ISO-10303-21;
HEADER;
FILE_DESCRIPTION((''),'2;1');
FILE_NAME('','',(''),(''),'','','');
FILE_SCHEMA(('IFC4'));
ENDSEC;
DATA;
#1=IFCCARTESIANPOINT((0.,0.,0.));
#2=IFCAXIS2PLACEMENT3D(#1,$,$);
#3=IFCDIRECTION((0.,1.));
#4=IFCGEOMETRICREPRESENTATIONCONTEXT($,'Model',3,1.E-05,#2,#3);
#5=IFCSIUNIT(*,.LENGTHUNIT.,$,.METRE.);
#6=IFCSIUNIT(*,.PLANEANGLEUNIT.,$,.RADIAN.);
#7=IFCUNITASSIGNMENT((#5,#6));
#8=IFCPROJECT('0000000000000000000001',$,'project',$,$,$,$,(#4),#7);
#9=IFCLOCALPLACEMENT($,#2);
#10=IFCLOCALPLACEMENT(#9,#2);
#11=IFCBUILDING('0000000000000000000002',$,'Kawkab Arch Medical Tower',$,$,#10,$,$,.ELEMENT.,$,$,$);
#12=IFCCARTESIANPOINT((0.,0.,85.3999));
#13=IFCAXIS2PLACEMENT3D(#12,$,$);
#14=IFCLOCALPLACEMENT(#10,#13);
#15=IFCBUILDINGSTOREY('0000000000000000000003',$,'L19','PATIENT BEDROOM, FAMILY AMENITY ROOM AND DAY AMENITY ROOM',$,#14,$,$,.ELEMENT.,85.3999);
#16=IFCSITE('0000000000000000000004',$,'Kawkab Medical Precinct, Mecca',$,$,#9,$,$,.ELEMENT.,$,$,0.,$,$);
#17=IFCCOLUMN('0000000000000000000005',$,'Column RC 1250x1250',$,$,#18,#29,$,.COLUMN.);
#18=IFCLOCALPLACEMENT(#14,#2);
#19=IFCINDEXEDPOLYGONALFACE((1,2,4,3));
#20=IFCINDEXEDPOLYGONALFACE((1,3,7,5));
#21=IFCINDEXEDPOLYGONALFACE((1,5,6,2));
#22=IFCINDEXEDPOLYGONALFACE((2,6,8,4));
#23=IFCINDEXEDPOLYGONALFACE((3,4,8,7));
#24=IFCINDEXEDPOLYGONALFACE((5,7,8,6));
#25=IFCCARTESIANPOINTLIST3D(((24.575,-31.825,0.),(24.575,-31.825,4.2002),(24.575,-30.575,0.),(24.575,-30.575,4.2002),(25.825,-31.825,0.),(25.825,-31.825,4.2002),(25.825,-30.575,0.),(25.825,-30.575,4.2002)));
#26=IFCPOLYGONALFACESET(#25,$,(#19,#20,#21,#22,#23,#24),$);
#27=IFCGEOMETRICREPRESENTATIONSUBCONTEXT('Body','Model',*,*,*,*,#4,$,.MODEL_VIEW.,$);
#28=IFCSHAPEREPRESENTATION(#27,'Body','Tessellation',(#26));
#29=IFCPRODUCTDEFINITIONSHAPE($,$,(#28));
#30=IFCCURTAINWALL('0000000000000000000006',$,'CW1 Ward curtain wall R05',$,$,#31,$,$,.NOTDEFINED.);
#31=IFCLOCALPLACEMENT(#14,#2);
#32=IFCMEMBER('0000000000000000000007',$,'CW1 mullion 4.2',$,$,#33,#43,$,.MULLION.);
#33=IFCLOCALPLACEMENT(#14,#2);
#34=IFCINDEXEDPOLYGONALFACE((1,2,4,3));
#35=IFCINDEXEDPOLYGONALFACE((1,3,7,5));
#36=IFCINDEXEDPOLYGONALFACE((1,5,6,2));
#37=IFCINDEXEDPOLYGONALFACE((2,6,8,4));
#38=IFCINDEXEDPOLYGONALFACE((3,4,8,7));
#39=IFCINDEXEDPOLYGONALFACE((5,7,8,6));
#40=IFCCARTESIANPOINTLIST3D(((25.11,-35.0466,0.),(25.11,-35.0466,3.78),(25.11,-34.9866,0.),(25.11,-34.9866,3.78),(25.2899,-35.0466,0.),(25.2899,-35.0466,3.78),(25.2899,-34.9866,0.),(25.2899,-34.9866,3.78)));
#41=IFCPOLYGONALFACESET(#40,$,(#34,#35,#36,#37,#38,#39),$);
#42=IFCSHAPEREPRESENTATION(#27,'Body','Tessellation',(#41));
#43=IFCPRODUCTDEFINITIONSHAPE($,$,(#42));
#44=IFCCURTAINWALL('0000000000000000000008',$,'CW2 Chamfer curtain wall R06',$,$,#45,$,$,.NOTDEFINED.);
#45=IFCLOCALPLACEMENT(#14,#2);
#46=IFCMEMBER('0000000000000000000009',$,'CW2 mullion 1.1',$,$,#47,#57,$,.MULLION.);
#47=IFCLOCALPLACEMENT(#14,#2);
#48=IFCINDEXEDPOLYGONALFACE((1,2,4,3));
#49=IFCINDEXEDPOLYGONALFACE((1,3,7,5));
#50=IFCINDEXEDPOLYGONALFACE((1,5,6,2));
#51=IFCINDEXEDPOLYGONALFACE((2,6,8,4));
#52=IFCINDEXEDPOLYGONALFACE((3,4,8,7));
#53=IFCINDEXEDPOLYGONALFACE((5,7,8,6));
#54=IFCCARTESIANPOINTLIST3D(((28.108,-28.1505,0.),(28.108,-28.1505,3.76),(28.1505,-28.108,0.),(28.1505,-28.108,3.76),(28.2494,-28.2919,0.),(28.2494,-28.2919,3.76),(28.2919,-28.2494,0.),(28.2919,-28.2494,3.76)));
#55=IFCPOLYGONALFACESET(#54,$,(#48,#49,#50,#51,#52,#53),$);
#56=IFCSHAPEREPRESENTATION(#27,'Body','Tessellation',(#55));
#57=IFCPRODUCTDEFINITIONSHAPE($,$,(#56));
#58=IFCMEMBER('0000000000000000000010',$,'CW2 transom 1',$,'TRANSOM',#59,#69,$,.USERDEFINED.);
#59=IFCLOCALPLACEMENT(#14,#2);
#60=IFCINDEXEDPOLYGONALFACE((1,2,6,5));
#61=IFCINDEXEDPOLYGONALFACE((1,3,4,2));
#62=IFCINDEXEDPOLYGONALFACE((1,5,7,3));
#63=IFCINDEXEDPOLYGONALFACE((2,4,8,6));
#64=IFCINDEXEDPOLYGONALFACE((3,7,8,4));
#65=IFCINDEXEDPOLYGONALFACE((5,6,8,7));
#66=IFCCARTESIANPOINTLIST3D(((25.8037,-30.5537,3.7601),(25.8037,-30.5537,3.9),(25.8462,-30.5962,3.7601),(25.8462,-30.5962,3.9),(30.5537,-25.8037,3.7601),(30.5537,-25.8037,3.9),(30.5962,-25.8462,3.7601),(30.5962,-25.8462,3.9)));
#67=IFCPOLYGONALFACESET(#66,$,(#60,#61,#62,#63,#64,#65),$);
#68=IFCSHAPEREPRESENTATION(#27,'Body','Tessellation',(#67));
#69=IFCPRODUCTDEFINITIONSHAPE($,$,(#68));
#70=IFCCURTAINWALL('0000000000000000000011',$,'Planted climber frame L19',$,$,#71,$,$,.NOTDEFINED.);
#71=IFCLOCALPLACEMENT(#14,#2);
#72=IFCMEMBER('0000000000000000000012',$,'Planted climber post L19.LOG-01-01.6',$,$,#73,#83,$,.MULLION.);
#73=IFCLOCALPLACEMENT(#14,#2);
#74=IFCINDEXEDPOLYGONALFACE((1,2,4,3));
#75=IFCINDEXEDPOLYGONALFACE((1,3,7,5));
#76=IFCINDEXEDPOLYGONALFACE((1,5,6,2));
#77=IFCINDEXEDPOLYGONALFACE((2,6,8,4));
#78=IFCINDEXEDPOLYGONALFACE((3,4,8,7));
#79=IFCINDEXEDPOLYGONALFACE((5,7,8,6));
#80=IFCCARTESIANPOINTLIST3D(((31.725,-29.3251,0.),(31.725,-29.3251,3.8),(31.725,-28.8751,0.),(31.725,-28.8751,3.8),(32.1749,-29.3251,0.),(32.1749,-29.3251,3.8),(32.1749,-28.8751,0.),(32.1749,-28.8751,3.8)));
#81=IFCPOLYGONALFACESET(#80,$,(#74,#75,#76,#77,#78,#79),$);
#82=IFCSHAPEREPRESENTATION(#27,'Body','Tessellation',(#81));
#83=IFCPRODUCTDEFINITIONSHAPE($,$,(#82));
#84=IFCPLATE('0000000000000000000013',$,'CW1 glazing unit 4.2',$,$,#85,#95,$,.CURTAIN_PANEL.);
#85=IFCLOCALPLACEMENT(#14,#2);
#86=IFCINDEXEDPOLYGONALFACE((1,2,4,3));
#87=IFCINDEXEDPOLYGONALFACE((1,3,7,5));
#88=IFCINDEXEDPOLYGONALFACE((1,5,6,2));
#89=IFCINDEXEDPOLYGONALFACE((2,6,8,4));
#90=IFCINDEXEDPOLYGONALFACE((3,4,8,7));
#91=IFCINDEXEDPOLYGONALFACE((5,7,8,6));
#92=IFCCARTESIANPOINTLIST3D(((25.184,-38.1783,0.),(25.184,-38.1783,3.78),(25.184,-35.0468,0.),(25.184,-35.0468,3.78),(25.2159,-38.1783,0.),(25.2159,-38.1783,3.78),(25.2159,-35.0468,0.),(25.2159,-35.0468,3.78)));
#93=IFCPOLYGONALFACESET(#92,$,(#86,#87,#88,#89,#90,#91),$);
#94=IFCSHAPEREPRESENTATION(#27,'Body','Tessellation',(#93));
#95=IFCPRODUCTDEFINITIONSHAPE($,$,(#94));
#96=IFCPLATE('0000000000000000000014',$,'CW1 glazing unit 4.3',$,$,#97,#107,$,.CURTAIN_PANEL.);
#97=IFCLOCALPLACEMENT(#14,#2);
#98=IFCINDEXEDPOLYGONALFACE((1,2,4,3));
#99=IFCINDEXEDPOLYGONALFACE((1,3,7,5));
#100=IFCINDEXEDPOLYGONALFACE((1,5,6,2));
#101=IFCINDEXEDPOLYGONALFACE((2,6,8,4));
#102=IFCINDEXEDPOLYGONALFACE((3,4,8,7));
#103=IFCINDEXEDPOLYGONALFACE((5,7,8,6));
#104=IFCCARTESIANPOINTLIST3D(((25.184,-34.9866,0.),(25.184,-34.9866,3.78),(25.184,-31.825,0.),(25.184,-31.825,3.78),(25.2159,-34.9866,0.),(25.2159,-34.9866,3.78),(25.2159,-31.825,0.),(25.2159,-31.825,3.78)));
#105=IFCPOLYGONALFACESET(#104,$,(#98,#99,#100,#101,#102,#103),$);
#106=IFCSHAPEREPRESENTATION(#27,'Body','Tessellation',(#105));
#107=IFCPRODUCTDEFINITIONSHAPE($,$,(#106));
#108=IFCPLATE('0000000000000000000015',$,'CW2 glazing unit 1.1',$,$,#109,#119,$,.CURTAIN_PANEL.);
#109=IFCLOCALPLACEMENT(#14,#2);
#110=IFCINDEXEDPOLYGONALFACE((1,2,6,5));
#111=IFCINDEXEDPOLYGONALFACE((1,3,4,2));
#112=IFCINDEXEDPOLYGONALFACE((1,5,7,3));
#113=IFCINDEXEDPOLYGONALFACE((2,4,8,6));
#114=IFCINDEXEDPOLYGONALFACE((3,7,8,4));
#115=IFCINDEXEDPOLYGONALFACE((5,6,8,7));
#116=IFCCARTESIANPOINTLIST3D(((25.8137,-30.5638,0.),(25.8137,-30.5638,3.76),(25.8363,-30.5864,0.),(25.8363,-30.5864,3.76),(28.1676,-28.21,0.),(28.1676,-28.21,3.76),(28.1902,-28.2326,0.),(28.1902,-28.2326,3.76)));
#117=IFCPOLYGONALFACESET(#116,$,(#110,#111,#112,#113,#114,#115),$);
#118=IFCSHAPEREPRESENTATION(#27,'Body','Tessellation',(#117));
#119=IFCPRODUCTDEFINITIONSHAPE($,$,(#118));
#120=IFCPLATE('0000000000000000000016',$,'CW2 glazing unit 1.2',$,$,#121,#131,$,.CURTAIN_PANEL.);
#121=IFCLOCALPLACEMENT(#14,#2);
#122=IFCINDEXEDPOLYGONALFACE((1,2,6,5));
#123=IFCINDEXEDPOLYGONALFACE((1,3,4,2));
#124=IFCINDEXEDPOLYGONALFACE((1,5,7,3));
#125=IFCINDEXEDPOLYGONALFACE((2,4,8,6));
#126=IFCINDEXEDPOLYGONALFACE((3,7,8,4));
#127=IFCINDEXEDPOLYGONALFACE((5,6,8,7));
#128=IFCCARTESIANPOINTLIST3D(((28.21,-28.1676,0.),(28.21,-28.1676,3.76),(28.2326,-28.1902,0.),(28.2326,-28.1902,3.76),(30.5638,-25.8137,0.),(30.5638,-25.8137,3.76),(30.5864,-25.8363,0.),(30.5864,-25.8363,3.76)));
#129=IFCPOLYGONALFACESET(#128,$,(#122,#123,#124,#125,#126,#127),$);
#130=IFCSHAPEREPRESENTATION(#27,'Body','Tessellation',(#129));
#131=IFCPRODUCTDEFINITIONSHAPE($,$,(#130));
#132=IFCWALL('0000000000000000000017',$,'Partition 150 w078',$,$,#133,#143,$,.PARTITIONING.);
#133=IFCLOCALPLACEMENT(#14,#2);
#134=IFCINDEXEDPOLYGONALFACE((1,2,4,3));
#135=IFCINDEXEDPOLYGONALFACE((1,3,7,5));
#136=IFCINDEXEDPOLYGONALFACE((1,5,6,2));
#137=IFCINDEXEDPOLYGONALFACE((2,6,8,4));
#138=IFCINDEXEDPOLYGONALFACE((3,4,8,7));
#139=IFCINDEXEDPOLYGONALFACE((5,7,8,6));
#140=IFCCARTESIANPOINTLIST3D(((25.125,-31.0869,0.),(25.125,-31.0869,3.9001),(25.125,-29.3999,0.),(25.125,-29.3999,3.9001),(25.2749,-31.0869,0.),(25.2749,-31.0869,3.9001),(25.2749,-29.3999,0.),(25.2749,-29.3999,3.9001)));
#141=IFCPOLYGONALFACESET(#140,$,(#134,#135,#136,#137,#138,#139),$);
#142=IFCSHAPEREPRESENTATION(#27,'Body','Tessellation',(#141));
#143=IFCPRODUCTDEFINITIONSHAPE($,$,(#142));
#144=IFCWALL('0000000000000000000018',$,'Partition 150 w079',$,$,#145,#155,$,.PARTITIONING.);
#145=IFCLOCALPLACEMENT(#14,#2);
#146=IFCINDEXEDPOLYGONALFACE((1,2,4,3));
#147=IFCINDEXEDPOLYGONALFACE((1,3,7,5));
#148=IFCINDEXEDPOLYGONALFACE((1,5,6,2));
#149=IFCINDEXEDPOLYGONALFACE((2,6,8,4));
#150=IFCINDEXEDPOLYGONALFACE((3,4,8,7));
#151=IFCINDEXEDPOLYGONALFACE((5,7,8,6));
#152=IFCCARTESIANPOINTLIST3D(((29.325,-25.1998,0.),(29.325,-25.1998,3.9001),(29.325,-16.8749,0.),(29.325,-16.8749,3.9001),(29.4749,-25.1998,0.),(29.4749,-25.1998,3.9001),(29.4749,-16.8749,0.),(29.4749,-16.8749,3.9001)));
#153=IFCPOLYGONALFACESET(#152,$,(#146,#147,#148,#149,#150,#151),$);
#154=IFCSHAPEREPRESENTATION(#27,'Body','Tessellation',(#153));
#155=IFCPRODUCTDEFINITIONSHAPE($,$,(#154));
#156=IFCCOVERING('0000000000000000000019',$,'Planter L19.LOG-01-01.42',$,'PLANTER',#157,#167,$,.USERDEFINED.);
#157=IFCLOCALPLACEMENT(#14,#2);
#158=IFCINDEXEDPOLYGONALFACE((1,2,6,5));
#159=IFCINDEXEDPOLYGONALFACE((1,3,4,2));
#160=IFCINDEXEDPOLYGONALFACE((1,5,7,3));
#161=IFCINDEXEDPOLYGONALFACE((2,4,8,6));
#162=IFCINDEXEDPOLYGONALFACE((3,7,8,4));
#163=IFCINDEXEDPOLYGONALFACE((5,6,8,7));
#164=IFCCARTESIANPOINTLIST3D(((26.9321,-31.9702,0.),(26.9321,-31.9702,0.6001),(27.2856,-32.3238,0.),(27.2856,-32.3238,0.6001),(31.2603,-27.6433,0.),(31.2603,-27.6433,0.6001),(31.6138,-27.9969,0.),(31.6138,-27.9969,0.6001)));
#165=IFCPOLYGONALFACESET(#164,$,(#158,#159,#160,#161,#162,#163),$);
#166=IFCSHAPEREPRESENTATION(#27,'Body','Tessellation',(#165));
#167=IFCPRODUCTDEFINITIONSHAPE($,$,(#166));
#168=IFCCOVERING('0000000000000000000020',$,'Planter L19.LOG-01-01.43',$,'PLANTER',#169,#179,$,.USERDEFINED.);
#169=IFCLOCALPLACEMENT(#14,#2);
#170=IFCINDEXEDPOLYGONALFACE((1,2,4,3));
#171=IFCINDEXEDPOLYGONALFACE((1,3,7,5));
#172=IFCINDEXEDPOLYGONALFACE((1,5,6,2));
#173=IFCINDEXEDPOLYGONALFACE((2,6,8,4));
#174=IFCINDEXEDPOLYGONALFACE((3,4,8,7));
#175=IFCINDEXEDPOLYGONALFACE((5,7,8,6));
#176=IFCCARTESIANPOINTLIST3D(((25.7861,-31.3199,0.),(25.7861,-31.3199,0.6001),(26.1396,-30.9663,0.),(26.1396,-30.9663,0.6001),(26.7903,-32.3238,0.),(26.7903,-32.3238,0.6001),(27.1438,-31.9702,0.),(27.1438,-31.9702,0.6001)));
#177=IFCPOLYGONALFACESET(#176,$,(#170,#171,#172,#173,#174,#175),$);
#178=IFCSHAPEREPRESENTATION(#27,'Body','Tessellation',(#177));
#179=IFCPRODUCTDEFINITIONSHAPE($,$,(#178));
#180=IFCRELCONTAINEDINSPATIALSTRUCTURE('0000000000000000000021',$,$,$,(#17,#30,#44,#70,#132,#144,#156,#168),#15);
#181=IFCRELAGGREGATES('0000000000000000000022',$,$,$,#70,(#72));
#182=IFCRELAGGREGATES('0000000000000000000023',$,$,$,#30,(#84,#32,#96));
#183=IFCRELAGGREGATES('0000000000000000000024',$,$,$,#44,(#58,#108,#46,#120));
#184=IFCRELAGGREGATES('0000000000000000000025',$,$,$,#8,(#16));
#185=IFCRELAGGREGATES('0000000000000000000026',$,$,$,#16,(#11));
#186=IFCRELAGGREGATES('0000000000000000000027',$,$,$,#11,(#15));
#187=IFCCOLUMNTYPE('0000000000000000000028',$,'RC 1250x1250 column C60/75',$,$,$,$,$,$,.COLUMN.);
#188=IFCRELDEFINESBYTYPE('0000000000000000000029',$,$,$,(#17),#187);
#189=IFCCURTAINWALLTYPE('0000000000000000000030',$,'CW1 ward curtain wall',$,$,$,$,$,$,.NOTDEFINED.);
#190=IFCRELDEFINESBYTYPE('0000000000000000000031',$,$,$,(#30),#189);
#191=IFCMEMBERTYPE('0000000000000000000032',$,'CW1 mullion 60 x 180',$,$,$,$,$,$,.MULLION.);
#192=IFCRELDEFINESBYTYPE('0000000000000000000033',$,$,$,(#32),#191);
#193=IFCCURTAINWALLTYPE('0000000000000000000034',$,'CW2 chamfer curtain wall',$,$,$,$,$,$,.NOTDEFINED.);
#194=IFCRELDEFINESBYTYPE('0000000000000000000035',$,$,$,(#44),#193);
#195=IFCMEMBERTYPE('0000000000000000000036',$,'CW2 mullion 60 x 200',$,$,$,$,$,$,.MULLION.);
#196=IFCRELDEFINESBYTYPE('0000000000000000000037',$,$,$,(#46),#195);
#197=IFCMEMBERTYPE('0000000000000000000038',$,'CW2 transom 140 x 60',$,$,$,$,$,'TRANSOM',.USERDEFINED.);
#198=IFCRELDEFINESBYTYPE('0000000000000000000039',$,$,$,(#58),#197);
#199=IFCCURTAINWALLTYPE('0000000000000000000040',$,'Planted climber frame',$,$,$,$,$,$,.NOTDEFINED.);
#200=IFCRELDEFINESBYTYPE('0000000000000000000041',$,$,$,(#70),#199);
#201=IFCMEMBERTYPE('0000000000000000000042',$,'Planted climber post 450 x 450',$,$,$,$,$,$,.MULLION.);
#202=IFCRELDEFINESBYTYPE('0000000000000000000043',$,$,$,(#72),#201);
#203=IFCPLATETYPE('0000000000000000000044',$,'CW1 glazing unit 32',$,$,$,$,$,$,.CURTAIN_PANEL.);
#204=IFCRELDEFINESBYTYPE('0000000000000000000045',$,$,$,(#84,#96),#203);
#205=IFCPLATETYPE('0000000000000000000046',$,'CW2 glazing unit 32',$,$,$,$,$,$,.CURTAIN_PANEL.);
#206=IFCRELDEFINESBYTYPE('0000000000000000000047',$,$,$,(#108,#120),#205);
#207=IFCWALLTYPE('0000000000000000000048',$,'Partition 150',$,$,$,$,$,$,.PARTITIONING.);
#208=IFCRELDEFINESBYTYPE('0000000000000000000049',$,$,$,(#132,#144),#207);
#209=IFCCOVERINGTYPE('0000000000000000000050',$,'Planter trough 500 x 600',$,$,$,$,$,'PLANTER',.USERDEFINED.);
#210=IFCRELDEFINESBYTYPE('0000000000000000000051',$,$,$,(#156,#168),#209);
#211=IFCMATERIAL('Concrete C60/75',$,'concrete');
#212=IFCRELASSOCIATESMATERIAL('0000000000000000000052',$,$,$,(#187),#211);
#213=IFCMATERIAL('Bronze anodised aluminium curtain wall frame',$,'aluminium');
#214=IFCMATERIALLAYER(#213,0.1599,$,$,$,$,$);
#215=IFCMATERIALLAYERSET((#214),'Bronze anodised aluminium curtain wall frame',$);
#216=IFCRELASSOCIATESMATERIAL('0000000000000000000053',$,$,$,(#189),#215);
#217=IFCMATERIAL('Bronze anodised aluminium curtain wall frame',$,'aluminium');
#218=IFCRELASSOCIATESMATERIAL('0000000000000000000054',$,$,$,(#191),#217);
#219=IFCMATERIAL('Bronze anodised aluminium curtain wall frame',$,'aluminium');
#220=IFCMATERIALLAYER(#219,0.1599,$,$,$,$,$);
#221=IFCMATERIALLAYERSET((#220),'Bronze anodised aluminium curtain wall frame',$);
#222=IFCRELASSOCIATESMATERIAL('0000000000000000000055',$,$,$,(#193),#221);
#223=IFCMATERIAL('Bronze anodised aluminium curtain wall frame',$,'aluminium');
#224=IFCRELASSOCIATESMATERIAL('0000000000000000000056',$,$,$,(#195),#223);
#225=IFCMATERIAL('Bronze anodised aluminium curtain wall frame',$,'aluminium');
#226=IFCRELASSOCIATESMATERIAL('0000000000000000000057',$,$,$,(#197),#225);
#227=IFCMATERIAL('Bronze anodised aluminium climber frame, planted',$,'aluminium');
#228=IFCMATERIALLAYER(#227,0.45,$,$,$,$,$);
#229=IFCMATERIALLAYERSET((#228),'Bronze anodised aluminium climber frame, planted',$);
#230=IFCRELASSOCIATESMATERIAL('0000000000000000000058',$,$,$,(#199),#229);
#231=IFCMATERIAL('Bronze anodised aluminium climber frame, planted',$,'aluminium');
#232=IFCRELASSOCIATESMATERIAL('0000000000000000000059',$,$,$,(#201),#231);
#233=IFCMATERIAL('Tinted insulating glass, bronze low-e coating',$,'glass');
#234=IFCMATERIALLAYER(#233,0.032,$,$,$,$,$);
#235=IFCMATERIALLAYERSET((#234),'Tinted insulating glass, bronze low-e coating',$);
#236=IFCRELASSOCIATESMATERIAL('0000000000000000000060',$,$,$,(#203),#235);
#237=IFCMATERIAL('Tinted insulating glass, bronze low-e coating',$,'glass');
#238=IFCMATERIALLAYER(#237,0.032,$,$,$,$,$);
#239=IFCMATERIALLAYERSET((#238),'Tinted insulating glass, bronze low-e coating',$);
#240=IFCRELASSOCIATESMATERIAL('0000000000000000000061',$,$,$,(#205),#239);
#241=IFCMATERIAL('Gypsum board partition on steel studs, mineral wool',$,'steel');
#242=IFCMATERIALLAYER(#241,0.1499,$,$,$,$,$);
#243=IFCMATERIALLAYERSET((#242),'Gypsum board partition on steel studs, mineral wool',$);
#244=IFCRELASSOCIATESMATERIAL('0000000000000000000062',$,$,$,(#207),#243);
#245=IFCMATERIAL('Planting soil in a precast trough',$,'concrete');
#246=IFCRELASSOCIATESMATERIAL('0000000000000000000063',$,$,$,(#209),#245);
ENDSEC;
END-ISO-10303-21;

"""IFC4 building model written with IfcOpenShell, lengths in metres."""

from ifc_helpers import new_model, si_unit, direction, frame, frame_2d, origin, origin_2d, place, context, subcontext, project, spatial, rectangle, extrude, material, layer, layer_set, material_profile, profile_set, type_object, element, aggregate, save


model = new_model("IFC4")

# Units and contexts
model_context = context("Model", 3, precision=1e-05, world=origin(), true_north=direction((0.0, 1.0)))
body_context = subcontext(model_context, "Body", "Model", "MODEL_VIEW")
ifc_project = project(units=[si_unit("LENGTHUNIT", "METRE"), si_unit("PLANEANGLEUNIT", "RADIAN")], contexts=[model_context])

# Site, building, storey
site_placement = place(None, origin())
site = spatial("IfcSite", under=ifc_project, at=site_placement, Name="Kawkab Medical Precinct, Mecca", CompositionType="ELEMENT", RefElevation=0.0)
building_placement = place(site_placement, origin())
building = spatial("IfcBuilding", under=site, at=building_placement, Name="Kawkab Arch Medical Tower", CompositionType="ELEMENT")
storey_placement = place(building_placement, frame((0.0, 0.0, 85.3999)))
storey = spatial("IfcBuildingStorey", under=building, at=storey_placement, Name="L19", Description="PATIENT BEDROOM, FAMILY AMENITY ROOM AND DAY AMENITY ROOM", CompositionType="ELEMENT", Elevation=85.3999)

# Column
ifc_material_1 = material(Name="Concrete C60/75", Category="concrete")
ifc_material_profile_1 = material_profile(ifc_material_1, rectangle(XDim=1.25, YDim=1.25, at=origin_2d()), Name="RC 1250x1250")
ifc_profile_set_1 = profile_set([ifc_material_profile_1], Name="Concrete C60/75")
column_type = type_object("IfcColumnType", Name="RC 1250x1250 column C60/75", PredefinedType="COLUMN", material=ifc_profile_set_1)
column_placement = place(storey_placement, frame((25.2, -31.2, 0.0), z_axis=(0.0, 0.0, 1.0), x_axis=(1.0, 0.0, 0.0)))
element("IfcColumn", 1, at=column_placement, inside=storey, type_object=column_type, Name="Column RC 1250x1250", PredefinedType="COLUMN", context=body_context, shape_type="SweptSolid", body=[
    extrude(rectangle(XDim=1.25, YDim=1.25, at=origin_2d()), origin(), (0.0, 0.0, 1.0), 4.2002),
])

# Curtain wall, member
ifc_material_2 = material(Name="Bronze anodised aluminium curtain wall frame", Category="aluminium")
ifc_layer_1 = layer(ifc_material_2, 0.1599)
ifc_layer_set_1 = layer_set([ifc_layer_1], Name="Bronze anodised aluminium curtain wall frame")
curtain_wall_type_1 = type_object("IfcCurtainWallType", Name="CW1 ward curtain wall", PredefinedType="NOTDEFINED", material=ifc_layer_set_1)
placement = place(storey_placement, origin())
curtain_wall_1 = element("IfcCurtainWall", 2, at=placement, inside=storey, type_object=curtain_wall_type_1, Name="CW1 Ward curtain wall R05", PredefinedType="NOTDEFINED")
ifc_material_3 = material(Name="Bronze anodised aluminium curtain wall frame", Category="aluminium")
ifc_material_profile_2 = material_profile(ifc_material_3, rectangle(XDim=0.1799, YDim=0.0601, at=origin_2d()), Name="AL 60x180")
ifc_profile_set_2 = profile_set([ifc_material_profile_2], Name="Bronze anodised aluminium curtain wall frame")
member_type_1 = type_object("IfcMemberType", Name="CW1 mullion 60 x 180", PredefinedType="MULLION", material=ifc_profile_set_2)
member_1_placement = place(storey_placement, frame((25.2, -35.0166, 0.0), z_axis=(0.0, 0.0, 1.0), x_axis=(-1.0, 0.0, 0.0)))
member_1 = element("IfcMember", 3, at=member_1_placement, type_object=member_type_1, Name="CW1 mullion 4.2", PredefinedType="MULLION", context=body_context, shape_type="SweptSolid", body=[
    extrude(rectangle(XDim=0.1799, YDim=0.0601, at=origin_2d()), origin(), (0.0, 0.0, 1.0), 3.78),
])

# Curtain wall, members
ifc_material_4 = material(Name="Bronze anodised aluminium curtain wall frame", Category="aluminium")
ifc_layer_2 = layer(ifc_material_4, 0.1599)
ifc_layer_set_2 = layer_set([ifc_layer_2], Name="Bronze anodised aluminium curtain wall frame")
curtain_wall_type_2 = type_object("IfcCurtainWallType", Name="CW2 chamfer curtain wall", PredefinedType="NOTDEFINED", material=ifc_layer_set_2)
curtain_wall_2 = element("IfcCurtainWall", 4, at=placement, inside=storey, type_object=curtain_wall_type_2, Name="CW2 Chamfer curtain wall R06", PredefinedType="NOTDEFINED")
ifc_material_5 = material(Name="Bronze anodised aluminium curtain wall frame", Category="aluminium")
ifc_material_profile_3 = material_profile(ifc_material_5, rectangle(XDim=0.2, YDim=0.0601, at=origin_2d()), Name="AL 60x200")
ifc_profile_set_3 = profile_set([ifc_material_profile_3], Name="Bronze anodised aluminium curtain wall frame")
member_type_2 = type_object("IfcMemberType", Name="CW2 mullion 60 x 200", PredefinedType="MULLION", material=ifc_profile_set_3)
member_2_placement = place(storey_placement, frame((28.2, -28.2, 0.0), z_axis=(0.0, 0.0, 1.0), x_axis=(-0.707107, 0.707107, 0.0)))
member_2 = element("IfcMember", 5, at=member_2_placement, type_object=member_type_2, Name="CW2 mullion 1.1", PredefinedType="MULLION", context=body_context, shape_type="SweptSolid", body=[
    extrude(rectangle(XDim=0.2, YDim=0.0601, at=origin_2d()), origin(), (0.0, 0.0, 1.0), 3.76),
])
ifc_material_6 = material(Name="Bronze anodised aluminium curtain wall frame", Category="aluminium")
ifc_material_profile_4 = material_profile(ifc_material_6, rectangle(XDim=0.0601, YDim=0.1399, at=origin_2d()), Name="AL 60x140")
ifc_profile_set_4 = profile_set([ifc_material_profile_4], Name="Bronze anodised aluminium curtain wall frame")
member_type_3 = type_object("IfcMemberType", Name="CW2 transom 140 x 60", ElementType="TRANSOM", PredefinedType="USERDEFINED", material=ifc_profile_set_4)
member_3_placement = place(storey_placement, frame((25.825, -30.575, 3.8301), z_axis=(0.707107, 0.707107, 0.0), x_axis=(-0.707107, 0.707107, 0.0)))
member_3 = element("IfcMember", 6, at=member_3_placement, type_object=member_type_3, Name="CW2 transom 1", ObjectType="TRANSOM", PredefinedType="USERDEFINED", context=body_context, shape_type="SweptSolid", body=[
    extrude(rectangle(XDim=0.0601, YDim=0.1399, at=origin_2d()), origin(), (0.0, 0.0, 1.0), 6.7175),
])

# Curtain wall, member
ifc_material_7 = material(Name="Bronze anodised aluminium climber frame, planted", Category="aluminium")
ifc_layer_3 = layer(ifc_material_7, 0.45)
ifc_layer_set_3 = layer_set([ifc_layer_3], Name="Bronze anodised aluminium climber frame, planted")
curtain_wall_type_3 = type_object("IfcCurtainWallType", Name="Planted climber frame", PredefinedType="NOTDEFINED", material=ifc_layer_set_3)
curtain_wall_3 = element("IfcCurtainWall", 7, at=placement, inside=storey, type_object=curtain_wall_type_3, Name="Planted climber frame L19", PredefinedType="NOTDEFINED")
ifc_material_8 = material(Name="Bronze anodised aluminium climber frame, planted", Category="aluminium")
ifc_material_profile_5 = material_profile(ifc_material_8, rectangle(XDim=0.45, YDim=0.45, at=origin_2d()), Name="Post 450x450")
ifc_profile_set_5 = profile_set([ifc_material_profile_5], Name="Bronze anodised aluminium climber frame, planted")
member_type_4 = type_object("IfcMemberType", Name="Planted climber post 450 x 450", PredefinedType="MULLION", material=ifc_profile_set_5)
member_4_placement = place(storey_placement, frame((31.95, -29.1001, 0.0), z_axis=(0.0, 0.0, 1.0), x_axis=(1.0, 0.0, 0.0)))
member_4 = element("IfcMember", 8, at=member_4_placement, type_object=member_type_4, Name="Planted climber post L19.LOG-01-01.6", PredefinedType="MULLION", context=body_context, shape_type="SweptSolid", body=[
    extrude(rectangle(XDim=0.45, YDim=0.45, at=origin_2d()), origin(), (0.0, 0.0, 1.0), 3.8),
])
aggregate(curtain_wall_3, [member_4])

# Plates
ifc_material_9 = material(Name="Tinted insulating glass, bronze low-e coating", Category="glass")
ifc_layer_4 = layer(ifc_material_9, 0.032)
ifc_layer_set_4 = layer_set([ifc_layer_4], Name="Tinted insulating glass, bronze low-e coating")
plate_type_1 = type_object("IfcPlateType", Name="CW1 glazing unit 32", PredefinedType="CURTAIN_PANEL", material=ifc_layer_set_4)
plate_1_placement = place(storey_placement, frame((25.2, -36.6125, 0.0), z_axis=(0.0, 0.0, 1.0), x_axis=(0.0, 1.0, 0.0)))
plate_1 = element("IfcPlate", 9, at=plate_1_placement, type_object=plate_type_1, Name="CW1 glazing unit 4.2", PredefinedType="CURTAIN_PANEL", context=body_context, shape_type="SweptSolid", body=[
    extrude(rectangle(XDim=3.1316, YDim=0.032, at=origin_2d()), origin(), (0.0, 0.0, 1.0), 3.78),
])
plate_2_placement = place(storey_placement, frame((25.2, -33.4058, 0.0), z_axis=(0.0, 0.0, 1.0), x_axis=(0.0, 1.0, 0.0)))
plate_2 = element("IfcPlate", 10, at=plate_2_placement, type_object=plate_type_1, Name="CW1 glazing unit 4.3", PredefinedType="CURTAIN_PANEL", context=body_context, shape_type="SweptSolid", body=[
    extrude(rectangle(XDim=3.1616, YDim=0.032, at=origin_2d()), origin(), (0.0, 0.0, 1.0), 3.78),
])
aggregate(curtain_wall_1, [plate_1, member_1, plate_2])
ifc_material_10 = material(Name="Tinted insulating glass, bronze low-e coating", Category="glass")
ifc_layer_5 = layer(ifc_material_10, 0.032)
ifc_layer_set_5 = layer_set([ifc_layer_5], Name="Tinted insulating glass, bronze low-e coating")
plate_type_2 = type_object("IfcPlateType", Name="CW2 glazing unit 32", PredefinedType="CURTAIN_PANEL", material=ifc_layer_set_5)
plate_3_placement = place(storey_placement, frame((27.002, -29.3982, 0.0), z_axis=(0.0, 0.0, 1.0), x_axis=(0.707107, 0.707107, 0.0)))
plate_3 = element("IfcPlate", 11, at=plate_3_placement, type_object=plate_type_2, Name="CW2 glazing unit 1.1", PredefinedType="CURTAIN_PANEL", context=body_context, shape_type="SweptSolid", body=[
    extrude(rectangle(XDim=3.3289, YDim=0.032, at=origin_2d()), origin(), (0.0, 0.0, 1.0), 3.76),
])
plate_4_placement = place(storey_placement, frame((29.3982, -27.002, 0.0), z_axis=(0.0, 0.0, 1.0), x_axis=(0.707107, 0.707107, 0.0)))
plate_4 = element("IfcPlate", 12, at=plate_4_placement, type_object=plate_type_2, Name="CW2 glazing unit 1.2", PredefinedType="CURTAIN_PANEL", context=body_context, shape_type="SweptSolid", body=[
    extrude(rectangle(XDim=3.3289, YDim=0.032, at=origin_2d()), origin(), (0.0, 0.0, 1.0), 3.76),
])
aggregate(curtain_wall_2, [member_3, plate_3, member_2, plate_4])

# Walls
ifc_material_11 = material(Name="Gypsum board partition on steel studs, mineral wool", Category="steel")
ifc_layer_6 = layer(ifc_material_11, 0.1499)
ifc_layer_set_6 = layer_set([ifc_layer_6], Name="Gypsum board partition on steel studs, mineral wool")
wall_type = type_object("IfcWallType", Name="Partition 150", PredefinedType="PARTITIONING", material=ifc_layer_set_6)
wall_1_placement = place(storey_placement, frame((25.2, -31.0869, 0.0), z_axis=(0.0, 0.0, 1.0), x_axis=(0.0, 1.0, 0.0)))
element("IfcWall", 13, at=wall_1_placement, inside=storey, type_object=wall_type, Name="Partition 150 w078", PredefinedType="PARTITIONING", context=body_context, shape_type="SweptSolid", body=[
    extrude(rectangle(XDim=1.687, YDim=0.1499, at=frame_2d((0.8435, 0.0))), origin(), (0.0, 0.0, 1.0), 3.9001),
])
wall_2_placement = place(storey_placement, frame((29.3999, -25.2, 0.0), z_axis=(0.0, 0.0, 1.0), x_axis=(0.0, 1.0, 0.0)))
element("IfcWall", 14, at=wall_2_placement, inside=storey, type_object=wall_type, Name="Partition 150 w079", PredefinedType="PARTITIONING", context=body_context, shape_type="SweptSolid", body=[
    extrude(rectangle(XDim=8.325, YDim=0.1499, at=frame_2d((4.1626, 0.0))), origin(), (0.0, 0.0, 1.0), 3.9001),
])

# Coverings
ifc_material_12 = material(Name="Planting soil in a precast trough", Category="concrete")
ifc_material_profile_6 = material_profile(ifc_material_12, rectangle(XDim=0.5, YDim=0.6001, at=origin_2d()), Name="Trough 500x600")
ifc_profile_set_6 = profile_set([ifc_material_profile_6], Name="Planting soil in a precast trough")
covering_type = type_object("IfcCoveringType", Name="Planter trough 500 x 600", ElementType="PLANTER", PredefinedType="USERDEFINED", material=ifc_profile_set_6)
covering_1_placement = place(storey_placement, frame((31.437, -27.8201, 0.3), z_axis=(-0.707207, -0.707007, 0.0), x_axis=(0.707007, -0.707207, 0.0)))
element("IfcCovering", 15, at=covering_1_placement, inside=storey, type_object=covering_type, Name="Planter L19.LOG-01-01.42", ObjectType="PLANTER", PredefinedType="USERDEFINED", context=body_context, shape_type="SweptSolid", body=[
    extrude(rectangle(XDim=0.5, YDim=0.6001, at=origin_2d()), origin(), (0.0, 0.0, 1.0), 6.1201),
])
covering_2_placement = place(storey_placement, frame((26.967, -32.147, 0.3), z_axis=(-0.707193, 0.707021, 0.0), x_axis=(-0.707021, -0.707193, 0.0)))
element("IfcCovering", 16, at=covering_2_placement, inside=storey, type_object=covering_type, Name="Planter L19.LOG-01-01.43", ObjectType="PLANTER", PredefinedType="USERDEFINED", context=body_context, shape_type="SweptSolid", body=[
    extrude(rectangle(XDim=0.5, YDim=0.6001, at=origin_2d()), origin(), (0.0, 0.0, 1.0), 1.4199),
])

save(model, "model.ifc")
